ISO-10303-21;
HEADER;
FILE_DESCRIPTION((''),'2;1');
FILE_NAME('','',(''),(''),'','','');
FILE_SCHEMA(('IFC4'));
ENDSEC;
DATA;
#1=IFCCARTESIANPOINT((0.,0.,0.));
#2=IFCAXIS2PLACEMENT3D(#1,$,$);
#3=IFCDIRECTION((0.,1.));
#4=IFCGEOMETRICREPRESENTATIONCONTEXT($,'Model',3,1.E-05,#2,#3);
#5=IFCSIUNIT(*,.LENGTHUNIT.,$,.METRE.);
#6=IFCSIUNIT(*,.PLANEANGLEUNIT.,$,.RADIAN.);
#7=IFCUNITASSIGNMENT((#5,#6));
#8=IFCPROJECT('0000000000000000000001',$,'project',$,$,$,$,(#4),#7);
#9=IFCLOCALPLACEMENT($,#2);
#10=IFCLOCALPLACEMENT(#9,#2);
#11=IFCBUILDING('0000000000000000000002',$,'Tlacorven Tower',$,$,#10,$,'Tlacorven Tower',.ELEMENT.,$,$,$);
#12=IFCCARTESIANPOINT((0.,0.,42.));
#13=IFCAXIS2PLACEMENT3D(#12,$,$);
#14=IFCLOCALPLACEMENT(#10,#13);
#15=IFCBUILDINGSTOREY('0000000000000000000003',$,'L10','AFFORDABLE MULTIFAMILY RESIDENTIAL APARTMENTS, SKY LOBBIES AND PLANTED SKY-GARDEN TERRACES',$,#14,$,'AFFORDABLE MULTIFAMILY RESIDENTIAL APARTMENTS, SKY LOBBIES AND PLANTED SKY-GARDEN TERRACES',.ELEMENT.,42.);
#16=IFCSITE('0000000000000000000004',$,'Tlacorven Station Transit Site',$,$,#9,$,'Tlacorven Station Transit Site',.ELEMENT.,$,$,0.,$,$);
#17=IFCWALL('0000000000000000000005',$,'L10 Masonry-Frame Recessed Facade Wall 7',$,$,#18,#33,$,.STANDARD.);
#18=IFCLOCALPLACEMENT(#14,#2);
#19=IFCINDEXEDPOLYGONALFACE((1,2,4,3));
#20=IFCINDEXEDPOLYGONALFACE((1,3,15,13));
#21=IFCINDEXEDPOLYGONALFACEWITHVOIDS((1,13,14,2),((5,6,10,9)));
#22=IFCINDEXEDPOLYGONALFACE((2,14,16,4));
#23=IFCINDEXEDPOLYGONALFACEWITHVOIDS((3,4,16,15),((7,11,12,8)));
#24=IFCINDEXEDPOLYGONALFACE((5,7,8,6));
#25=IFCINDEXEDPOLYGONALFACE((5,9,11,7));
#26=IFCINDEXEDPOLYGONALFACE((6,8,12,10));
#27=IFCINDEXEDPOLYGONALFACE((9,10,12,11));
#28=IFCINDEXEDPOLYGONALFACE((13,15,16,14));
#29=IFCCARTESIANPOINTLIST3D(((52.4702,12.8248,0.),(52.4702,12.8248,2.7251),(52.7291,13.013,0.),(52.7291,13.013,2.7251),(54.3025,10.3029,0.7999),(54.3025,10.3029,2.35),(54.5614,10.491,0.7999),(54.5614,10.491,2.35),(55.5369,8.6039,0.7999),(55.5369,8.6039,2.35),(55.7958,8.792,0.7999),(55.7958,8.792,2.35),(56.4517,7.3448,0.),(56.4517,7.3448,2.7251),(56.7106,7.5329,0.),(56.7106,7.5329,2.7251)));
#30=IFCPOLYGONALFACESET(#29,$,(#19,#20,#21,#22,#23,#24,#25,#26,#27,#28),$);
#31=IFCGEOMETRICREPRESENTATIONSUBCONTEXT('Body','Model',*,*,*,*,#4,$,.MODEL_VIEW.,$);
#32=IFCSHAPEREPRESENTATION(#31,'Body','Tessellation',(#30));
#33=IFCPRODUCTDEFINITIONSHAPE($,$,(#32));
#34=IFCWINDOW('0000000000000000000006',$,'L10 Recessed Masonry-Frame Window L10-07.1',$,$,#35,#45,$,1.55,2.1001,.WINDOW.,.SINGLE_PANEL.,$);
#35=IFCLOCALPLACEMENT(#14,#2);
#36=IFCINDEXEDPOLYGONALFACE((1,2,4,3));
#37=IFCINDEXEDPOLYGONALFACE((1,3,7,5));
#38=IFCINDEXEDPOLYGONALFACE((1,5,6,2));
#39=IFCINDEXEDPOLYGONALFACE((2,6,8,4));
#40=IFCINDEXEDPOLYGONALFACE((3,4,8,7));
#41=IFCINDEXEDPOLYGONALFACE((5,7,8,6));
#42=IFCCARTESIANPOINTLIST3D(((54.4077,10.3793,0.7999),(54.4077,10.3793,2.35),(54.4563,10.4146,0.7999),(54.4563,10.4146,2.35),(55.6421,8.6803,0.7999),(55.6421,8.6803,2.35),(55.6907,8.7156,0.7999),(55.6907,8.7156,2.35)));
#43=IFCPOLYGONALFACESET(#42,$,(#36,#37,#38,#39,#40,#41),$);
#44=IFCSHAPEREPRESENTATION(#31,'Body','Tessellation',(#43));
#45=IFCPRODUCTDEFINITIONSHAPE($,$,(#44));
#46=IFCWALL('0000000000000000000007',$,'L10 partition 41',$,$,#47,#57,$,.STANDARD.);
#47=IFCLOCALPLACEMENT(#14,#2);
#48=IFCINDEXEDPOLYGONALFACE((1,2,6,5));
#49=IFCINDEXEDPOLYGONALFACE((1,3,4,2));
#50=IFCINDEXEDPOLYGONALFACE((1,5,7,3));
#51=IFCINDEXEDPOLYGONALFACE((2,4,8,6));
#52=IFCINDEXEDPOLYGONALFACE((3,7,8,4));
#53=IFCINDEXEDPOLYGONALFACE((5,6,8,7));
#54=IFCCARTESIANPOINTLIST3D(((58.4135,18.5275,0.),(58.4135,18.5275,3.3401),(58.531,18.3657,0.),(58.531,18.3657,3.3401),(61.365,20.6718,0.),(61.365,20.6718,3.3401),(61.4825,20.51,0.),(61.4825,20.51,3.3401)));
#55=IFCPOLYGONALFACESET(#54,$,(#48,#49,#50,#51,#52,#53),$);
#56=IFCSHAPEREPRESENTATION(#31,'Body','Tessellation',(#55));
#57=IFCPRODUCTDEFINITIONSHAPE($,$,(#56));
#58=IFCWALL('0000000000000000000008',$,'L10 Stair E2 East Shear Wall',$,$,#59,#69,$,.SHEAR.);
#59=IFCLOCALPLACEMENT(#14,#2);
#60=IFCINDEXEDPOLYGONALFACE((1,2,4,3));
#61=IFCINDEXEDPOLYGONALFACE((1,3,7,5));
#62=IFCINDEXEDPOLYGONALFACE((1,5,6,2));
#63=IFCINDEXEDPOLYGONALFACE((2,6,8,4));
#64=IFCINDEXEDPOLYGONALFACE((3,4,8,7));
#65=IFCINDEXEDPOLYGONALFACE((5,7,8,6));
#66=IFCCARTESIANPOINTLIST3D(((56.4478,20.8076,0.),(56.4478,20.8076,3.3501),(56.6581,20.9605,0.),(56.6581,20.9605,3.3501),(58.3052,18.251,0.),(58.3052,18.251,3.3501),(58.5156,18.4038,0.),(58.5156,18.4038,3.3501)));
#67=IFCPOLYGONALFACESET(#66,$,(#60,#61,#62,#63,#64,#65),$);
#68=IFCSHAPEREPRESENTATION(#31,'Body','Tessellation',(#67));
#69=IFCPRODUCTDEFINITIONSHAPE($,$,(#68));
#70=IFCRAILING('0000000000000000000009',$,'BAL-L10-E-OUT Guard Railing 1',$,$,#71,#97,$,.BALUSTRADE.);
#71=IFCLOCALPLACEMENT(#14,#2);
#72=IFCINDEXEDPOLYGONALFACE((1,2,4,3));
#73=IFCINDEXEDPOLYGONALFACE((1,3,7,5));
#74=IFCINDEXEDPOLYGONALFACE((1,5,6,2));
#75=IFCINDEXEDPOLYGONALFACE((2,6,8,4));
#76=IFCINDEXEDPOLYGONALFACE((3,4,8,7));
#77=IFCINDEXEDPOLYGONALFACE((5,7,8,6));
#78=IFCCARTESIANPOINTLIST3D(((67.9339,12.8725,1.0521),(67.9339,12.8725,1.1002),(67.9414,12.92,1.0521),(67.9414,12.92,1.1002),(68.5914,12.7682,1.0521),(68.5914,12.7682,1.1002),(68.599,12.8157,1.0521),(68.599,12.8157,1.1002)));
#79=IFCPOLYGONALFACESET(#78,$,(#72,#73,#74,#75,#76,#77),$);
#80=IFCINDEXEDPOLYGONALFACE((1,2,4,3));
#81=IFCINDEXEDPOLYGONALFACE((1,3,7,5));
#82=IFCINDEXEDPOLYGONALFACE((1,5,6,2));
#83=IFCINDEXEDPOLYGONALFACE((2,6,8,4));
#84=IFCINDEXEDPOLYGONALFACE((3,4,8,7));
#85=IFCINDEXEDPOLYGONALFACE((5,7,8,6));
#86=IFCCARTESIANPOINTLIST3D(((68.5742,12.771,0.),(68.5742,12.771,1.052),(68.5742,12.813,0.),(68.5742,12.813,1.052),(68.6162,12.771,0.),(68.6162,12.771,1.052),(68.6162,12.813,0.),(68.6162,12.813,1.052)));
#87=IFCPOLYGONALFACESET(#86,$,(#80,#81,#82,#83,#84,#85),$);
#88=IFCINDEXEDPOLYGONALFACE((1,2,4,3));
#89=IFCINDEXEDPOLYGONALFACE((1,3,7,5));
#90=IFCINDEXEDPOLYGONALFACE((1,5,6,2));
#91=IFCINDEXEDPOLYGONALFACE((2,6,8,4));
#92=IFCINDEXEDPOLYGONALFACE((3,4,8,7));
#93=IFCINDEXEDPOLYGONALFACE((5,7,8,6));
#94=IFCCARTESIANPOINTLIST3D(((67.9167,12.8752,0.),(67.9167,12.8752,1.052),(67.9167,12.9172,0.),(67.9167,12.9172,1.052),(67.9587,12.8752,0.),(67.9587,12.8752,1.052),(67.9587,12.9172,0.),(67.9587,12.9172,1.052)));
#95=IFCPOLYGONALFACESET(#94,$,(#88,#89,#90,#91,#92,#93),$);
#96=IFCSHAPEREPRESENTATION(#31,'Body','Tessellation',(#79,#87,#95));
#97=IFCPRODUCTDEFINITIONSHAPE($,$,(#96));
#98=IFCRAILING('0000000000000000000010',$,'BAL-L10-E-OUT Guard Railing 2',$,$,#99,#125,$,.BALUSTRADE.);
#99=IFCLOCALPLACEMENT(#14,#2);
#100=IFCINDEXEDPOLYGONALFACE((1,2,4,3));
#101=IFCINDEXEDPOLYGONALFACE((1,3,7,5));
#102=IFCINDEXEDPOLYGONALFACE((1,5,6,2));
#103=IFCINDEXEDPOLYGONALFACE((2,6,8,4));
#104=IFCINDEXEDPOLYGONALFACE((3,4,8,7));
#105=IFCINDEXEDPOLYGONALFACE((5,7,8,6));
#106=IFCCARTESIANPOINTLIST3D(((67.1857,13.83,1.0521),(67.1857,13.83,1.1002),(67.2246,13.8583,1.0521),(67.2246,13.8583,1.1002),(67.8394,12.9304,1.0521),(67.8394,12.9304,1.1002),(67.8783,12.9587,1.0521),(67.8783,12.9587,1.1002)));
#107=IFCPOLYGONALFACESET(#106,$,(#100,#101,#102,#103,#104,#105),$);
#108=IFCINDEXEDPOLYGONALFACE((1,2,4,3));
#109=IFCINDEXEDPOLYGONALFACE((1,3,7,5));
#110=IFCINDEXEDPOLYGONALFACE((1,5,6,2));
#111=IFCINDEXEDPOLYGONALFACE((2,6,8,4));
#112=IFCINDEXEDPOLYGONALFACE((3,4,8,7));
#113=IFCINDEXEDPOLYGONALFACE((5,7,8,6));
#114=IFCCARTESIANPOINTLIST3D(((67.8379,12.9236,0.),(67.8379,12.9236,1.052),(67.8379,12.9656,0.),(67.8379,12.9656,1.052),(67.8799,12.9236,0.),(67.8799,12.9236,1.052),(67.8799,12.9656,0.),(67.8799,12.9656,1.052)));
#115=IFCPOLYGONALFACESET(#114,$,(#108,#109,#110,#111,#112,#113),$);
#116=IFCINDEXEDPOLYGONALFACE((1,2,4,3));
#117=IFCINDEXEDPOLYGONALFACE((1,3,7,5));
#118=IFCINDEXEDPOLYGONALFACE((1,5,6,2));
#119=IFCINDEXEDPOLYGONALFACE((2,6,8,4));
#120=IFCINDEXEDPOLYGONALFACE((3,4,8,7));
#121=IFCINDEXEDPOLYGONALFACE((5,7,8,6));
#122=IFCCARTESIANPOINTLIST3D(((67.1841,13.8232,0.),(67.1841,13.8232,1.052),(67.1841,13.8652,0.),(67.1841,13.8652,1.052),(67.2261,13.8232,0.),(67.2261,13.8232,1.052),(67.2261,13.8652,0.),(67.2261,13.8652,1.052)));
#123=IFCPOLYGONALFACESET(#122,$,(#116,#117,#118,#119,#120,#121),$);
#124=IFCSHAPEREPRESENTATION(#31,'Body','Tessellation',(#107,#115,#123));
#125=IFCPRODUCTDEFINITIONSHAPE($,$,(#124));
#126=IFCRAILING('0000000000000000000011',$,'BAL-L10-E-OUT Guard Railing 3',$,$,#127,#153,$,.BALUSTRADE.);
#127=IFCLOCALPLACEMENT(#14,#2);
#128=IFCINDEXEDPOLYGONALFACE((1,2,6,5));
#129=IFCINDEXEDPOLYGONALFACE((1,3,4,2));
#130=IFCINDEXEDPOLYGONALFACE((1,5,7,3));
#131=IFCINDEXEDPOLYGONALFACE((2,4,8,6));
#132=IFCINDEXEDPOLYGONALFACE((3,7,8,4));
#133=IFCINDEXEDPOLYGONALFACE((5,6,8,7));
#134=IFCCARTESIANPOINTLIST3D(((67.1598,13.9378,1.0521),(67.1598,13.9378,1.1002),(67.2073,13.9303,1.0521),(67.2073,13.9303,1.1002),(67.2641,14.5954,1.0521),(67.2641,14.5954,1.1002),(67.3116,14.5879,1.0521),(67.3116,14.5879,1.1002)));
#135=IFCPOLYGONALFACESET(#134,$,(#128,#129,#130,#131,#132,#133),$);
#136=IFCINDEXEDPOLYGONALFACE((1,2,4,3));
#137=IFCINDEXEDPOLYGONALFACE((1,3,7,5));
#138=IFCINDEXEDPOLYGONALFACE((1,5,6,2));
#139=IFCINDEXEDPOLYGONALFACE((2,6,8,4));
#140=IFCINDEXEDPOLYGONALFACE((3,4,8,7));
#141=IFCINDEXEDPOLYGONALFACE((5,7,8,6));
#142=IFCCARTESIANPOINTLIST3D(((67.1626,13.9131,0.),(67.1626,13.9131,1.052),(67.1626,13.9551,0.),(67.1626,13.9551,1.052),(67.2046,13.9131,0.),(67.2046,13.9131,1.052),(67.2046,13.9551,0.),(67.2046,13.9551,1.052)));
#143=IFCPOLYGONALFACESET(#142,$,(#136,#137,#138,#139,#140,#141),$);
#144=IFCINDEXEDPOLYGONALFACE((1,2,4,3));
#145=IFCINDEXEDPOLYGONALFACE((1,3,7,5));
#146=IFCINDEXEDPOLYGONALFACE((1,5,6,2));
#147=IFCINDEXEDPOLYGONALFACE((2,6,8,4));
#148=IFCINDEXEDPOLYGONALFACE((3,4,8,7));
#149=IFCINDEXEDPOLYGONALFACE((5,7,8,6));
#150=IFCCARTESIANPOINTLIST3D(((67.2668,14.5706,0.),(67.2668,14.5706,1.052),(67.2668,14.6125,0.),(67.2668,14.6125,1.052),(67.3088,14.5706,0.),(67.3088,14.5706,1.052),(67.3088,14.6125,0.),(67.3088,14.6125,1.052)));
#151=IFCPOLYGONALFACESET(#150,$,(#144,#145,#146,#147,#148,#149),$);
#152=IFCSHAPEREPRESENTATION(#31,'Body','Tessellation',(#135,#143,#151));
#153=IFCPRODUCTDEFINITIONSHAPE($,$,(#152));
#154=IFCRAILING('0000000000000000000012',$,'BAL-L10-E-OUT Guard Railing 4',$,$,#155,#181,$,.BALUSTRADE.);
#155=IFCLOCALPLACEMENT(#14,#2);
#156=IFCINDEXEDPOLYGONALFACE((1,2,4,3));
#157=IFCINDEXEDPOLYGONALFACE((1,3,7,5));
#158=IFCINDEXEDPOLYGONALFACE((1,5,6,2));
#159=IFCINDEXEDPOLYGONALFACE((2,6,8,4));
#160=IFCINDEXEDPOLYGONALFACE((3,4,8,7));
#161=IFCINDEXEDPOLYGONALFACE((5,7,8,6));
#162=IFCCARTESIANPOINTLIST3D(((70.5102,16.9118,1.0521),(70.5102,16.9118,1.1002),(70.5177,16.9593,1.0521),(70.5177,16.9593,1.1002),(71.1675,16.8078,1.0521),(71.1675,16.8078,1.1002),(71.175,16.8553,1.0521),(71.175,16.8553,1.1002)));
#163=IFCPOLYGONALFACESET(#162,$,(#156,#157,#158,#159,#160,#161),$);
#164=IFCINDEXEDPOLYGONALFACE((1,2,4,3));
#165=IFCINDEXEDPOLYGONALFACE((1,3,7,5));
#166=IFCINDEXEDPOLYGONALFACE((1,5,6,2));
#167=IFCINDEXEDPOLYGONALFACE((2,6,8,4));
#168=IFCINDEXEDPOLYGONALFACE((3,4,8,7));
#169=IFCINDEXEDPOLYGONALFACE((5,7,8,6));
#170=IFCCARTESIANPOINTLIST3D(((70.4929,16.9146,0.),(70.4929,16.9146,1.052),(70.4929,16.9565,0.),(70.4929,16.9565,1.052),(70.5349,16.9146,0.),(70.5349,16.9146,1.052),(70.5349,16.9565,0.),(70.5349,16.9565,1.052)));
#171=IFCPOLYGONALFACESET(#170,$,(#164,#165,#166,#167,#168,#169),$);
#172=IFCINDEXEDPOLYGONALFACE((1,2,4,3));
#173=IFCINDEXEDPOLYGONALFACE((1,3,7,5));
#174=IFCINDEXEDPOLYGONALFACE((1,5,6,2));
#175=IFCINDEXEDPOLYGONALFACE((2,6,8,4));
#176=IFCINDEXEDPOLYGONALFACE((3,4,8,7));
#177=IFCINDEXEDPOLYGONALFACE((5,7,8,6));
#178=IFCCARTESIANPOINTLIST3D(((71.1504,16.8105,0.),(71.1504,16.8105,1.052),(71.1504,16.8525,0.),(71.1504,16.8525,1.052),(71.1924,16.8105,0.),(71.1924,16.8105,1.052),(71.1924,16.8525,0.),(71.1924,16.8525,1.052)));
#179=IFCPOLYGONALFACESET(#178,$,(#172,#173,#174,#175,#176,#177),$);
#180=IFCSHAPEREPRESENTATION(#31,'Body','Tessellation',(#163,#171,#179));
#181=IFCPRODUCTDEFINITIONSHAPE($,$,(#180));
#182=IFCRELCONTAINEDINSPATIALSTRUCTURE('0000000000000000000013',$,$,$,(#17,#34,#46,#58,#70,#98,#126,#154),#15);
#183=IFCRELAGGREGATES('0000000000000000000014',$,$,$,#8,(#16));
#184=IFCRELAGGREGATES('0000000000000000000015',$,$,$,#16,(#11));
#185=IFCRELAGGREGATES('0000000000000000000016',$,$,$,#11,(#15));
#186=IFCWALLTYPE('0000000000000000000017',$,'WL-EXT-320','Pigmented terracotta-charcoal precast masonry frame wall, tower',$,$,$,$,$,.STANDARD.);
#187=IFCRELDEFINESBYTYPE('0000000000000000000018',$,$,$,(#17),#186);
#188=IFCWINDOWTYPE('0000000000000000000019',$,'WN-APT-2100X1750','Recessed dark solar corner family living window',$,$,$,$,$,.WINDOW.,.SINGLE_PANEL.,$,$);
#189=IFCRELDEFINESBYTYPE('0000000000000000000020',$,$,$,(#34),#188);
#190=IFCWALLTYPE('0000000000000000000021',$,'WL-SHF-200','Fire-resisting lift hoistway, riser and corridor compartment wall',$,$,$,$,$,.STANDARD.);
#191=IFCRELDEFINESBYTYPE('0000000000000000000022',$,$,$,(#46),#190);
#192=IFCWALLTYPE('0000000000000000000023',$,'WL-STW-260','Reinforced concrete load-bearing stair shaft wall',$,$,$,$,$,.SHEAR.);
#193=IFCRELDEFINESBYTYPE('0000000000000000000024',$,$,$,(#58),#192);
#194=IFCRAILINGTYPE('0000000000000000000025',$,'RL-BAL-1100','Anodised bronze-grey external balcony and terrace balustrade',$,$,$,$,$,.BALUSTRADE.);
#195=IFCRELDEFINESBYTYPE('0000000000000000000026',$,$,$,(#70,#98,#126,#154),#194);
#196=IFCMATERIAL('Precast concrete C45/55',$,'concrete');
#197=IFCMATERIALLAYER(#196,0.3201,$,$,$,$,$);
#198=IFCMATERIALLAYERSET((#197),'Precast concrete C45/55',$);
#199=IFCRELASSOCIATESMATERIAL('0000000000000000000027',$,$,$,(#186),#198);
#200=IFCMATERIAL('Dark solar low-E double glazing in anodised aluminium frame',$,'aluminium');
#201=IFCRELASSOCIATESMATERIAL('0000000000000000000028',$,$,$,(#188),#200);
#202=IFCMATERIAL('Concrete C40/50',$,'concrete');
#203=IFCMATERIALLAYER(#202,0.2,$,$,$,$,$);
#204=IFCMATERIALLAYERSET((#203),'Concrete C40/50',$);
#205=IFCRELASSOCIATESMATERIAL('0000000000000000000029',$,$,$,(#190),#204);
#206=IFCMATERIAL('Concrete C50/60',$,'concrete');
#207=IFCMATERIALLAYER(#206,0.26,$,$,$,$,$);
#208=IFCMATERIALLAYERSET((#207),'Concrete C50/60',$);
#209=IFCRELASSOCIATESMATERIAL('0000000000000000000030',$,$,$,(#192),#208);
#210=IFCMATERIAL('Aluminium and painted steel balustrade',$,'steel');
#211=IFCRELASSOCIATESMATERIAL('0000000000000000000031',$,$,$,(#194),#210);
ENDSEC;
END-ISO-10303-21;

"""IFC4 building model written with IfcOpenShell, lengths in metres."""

from ifc_helpers import new_model, si_unit, direction, frame, frame_2d, origin, origin_2d, place, context, subcontext, project, spatial, rectangle, extrude, source, transform, mapped, material, layer, layer_set, type_object, element, fill, save


model = new_model("IFC4")

# Units and contexts
model_context = context("Model", 3, precision=1e-05, world=origin(), true_north=direction((0.0, 1.0)))
body_context = subcontext(model_context, "Body", "Model", "MODEL_VIEW")
ifc_project = project(units=[si_unit("LENGTHUNIT", "METRE"), si_unit("PLANEANGLEUNIT", "RADIAN")], contexts=[model_context])

# Site, building, storey
site_placement = place(None, origin())
site = spatial("IfcSite", under=ifc_project, at=site_placement, Name="Tlacorven Station Transit Site", LongName="Tlacorven Station Transit Site", CompositionType="ELEMENT", RefElevation=0.0)
building_placement = place(site_placement, origin())
building = spatial("IfcBuilding", under=site, at=building_placement, Name="Tlacorven Tower", LongName="Tlacorven Tower", CompositionType="ELEMENT")
storey_placement = place(building_placement, frame((0.0, 0.0, 42.0)))
storey = spatial("IfcBuildingStorey", under=building, at=storey_placement, Name="L10", Description="AFFORDABLE MULTIFAMILY RESIDENTIAL APARTMENTS, SKY LOBBIES AND PLANTED SKY-GARDEN TERRACES", LongName="AFFORDABLE MULTIFAMILY RESIDENTIAL APARTMENTS, SKY LOBBIES AND PLANTED SKY-GARDEN TERRACES", CompositionType="ELEMENT", Elevation=42.0)

# Shared definitions
ifc_material_1 = material(Name="Precast concrete C45/55", Category="concrete")
ifc_layer_1 = layer(ifc_material_1, 0.3201)
ifc_layer_set_1 = layer_set([ifc_layer_1], Name="Precast concrete C45/55")
wall_type_1 = type_object("IfcWallType", Name="WL-EXT-320", Description="Pigmented terracotta-charcoal precast masonry frame wall, tower", PredefinedType="STANDARD", material=ifc_layer_set_1)
ifc_material_2 = material(Name="Dark solar low-E double glazing in anodised aluminium frame", Category="aluminium")

# Wall, opening, window
wall_1_placement = place(storey_placement, frame((56.5811, 7.439, 0.0), z_axis=(0.0, 0.0, 1.0), x_axis=(-0.587786, 0.809017, 0.0)))
wall_1 = element("IfcWall", 1, at=wall_1_placement, inside=storey, type_object=wall_type_1, Name="L10 Masonry-Frame Recessed Facade Wall 7", PredefinedType="STANDARD", context=body_context, shape_type="SweptSolid", body=[
    extrude(rectangle(XDim=6.7737, YDim=0.3201, at=frame_2d((3.3867, 0.0))), origin(), (0.0, 0.0, 1.0), 2.7251),
])
opening_1_placement = place(wall_1_placement, frame((1.5562, 0.0, 0.8)))
opening_1 = element("IfcOpeningElement", 2, at=opening_1_placement, cuts=wall_1, PredefinedType="OPENING", context=body_context, shape_type="SweptSolid", body=[
    extrude(rectangle(XDim=2.1001, YDim=1.55, at=frame_2d((1.05, 0.7749))), frame((0.0, 0.1699, 0.0), z_axis=(0.0, -1.0, 0.0), x_axis=(1.0, 0.0, 0.0)), (0.0, 0.0, 1.0), 0.3401),
])
window_type_1 = type_object("IfcWindowType", Name="WN-APT-2100X1750", Description="Recessed dark solar corner family living window", PartitioningType="SINGLE_PANEL", PredefinedType="WINDOW", material=ifc_material_2)
shared_shape_1 = source(origin(), body_context, "Body", "SweptSolid", [
    extrude(rectangle(XDim=2.1001, YDim=1.55, at=frame_2d((1.05, 0.7749))), frame((0.0, 0.03, 0.0), z_axis=(0.0, -1.0, 0.0), x_axis=(1.0, 0.0, 0.0)), (0.0, 0.0, 1.0), 0.0601),
])
window_1_placement = place(opening_1_placement, origin())
window_1 = element("IfcWindow", 3, at=window_1_placement, inside=storey, type_object=window_type_1, Name="L10 Recessed Masonry-Frame Window L10-07.1", OverallHeight=1.55, OverallWidth=2.1001, PartitioningType="SINGLE_PANEL", PredefinedType="WINDOW", context=body_context, shape_type="MappedRepresentation", body=[
    mapped(shared_shape_1, transform((0.0, 0.0, 0.0), scale=1.0)),
])
fill(opening_1, window_1)

# Walls
ifc_material_3 = material(Name="Concrete C40/50", Category="concrete")
ifc_layer_2 = layer(ifc_material_3, 0.2)
ifc_layer_set_2 = layer_set([ifc_layer_2], Name="Concrete C40/50")
wall_type_2 = type_object("IfcWallType", Name="WL-SHF-200", Description="Fire-resisting lift hoistway, riser and corridor compartment wall", PredefinedType="STANDARD", material=ifc_layer_set_2)
wall_2_placement = place(storey_placement, frame((58.4722, 18.4465, 0.0), z_axis=(0.0, 0.0, 1.0), x_axis=(0.809022, 0.587778, 0.0)))
element("IfcWall", 4, at=wall_2_placement, inside=storey, type_object=wall_type_2, Name="L10 partition 41", PredefinedType="STANDARD", context=body_context, shape_type="SweptSolid", body=[
    extrude(rectangle(XDim=3.6482, YDim=0.2, at=frame_2d((1.8242, 0.0))), origin(), (0.0, 0.0, 1.0), 3.3401),
])
ifc_material_4 = material(Name="Concrete C50/60", Category="concrete")
ifc_layer_3 = layer(ifc_material_4, 0.26)
ifc_layer_set_3 = layer_set([ifc_layer_3], Name="Concrete C50/60")
wall_type_3 = type_object("IfcWallType", Name="WL-STW-260", Description="Reinforced concrete load-bearing stair shaft wall", PredefinedType="SHEAR", material=ifc_layer_set_3)
wall_3_placement = place(storey_placement, frame((58.4104, 18.3274, 0.0), z_axis=(0.0, 0.0, 1.0), x_axis=(-0.587767, 0.80903, 0.0)))
element("IfcWall", 5, at=wall_3_placement, inside=storey, type_object=wall_type_3, Name="L10 Stair E2 East Shear Wall", PredefinedType="SHEAR", context=body_context, shape_type="SweptSolid", body=[
    extrude(rectangle(XDim=3.1602, YDim=0.26, at=frame_2d((1.5801, 0.0))), origin(), (0.0, 0.0, 1.0), 3.3501),
])

# Railings
ifc_material_5 = material(Name="Aluminium and painted steel balustrade", Category="steel")
railing_type = type_object("IfcRailingType", Name="RL-BAL-1100", Description="Anodised bronze-grey external balcony and terrace balustrade", PredefinedType="BALUSTRADE", material=ifc_material_5)
shared_shape_2 = source(origin(), body_context, "Body", "SweptSolid", [
    extrude(rectangle(XDim=0.0481, YDim=0.0481, at=origin_2d()), frame((0.0, 0.0, 1.0762), z_axis=(-0.987662, 0.156603, 0.0), x_axis=(-0.156603, -0.987662, 0.0)), (0.0, 0.0, 1.0), 0.6658),
    extrude(rectangle(XDim=0.042, YDim=0.042, at=origin_2d()), origin(), (0.0, 0.0, 1.0), 1.052),
    extrude(rectangle(XDim=0.042, YDim=0.042, at=origin_2d()), frame((-0.6575, 0.1042, 0.0)), (0.0, 0.0, 1.0), 1.052),
])
railing_1_placement = place(storey_placement, frame((68.5952, 12.792, 0.0)))
element("IfcRailing", 6, at=railing_1_placement, inside=storey, type_object=railing_type, Name="BAL-L10-E-OUT Guard Railing 1", PredefinedType="BALUSTRADE", context=body_context, shape_type="MappedRepresentation", body=[
    mapped(shared_shape_2, transform((0.0, 0.0, 0.0), scale=1.0)),
])
shared_shape_3 = source(origin(), body_context, "Body", "SweptSolid", [
    extrude(rectangle(XDim=0.0481, YDim=0.0481, at=origin_2d()), frame((0.0, 0.0, 1.0762), z_axis=(-0.587884, 0.808945, 0.0), x_axis=(-0.808945, -0.587884, 0.0)), (0.0, 0.0, 1.0), 1.1121),
    extrude(rectangle(XDim=0.042, YDim=0.042, at=origin_2d()), origin(), (0.0, 0.0, 1.0), 1.052),
    extrude(rectangle(XDim=0.042, YDim=0.042, at=origin_2d()), frame((-0.6538, 0.8997, 0.0)), (0.0, 0.0, 1.0), 1.052),
])
railing_2_placement = place(storey_placement, frame((67.8589, 12.9446, 0.0)))
element("IfcRailing", 7, at=railing_2_placement, inside=storey, type_object=railing_type, Name="BAL-L10-E-OUT Guard Railing 2", PredefinedType="BALUSTRADE", context=body_context, shape_type="MappedRepresentation", body=[
    mapped(shared_shape_3, transform((0.0, 0.0, 0.0), scale=1.0)),
])
shared_shape_4 = source(origin(), body_context, "Body", "SweptSolid", [
    extrude(rectangle(XDim=0.0481, YDim=0.0481, at=origin_2d()), frame((0.0, 0.0, 1.0762), z_axis=(0.156603, 0.987662, 0.0), x_axis=(-0.987662, 0.156603, 0.0)), (0.0, 0.0, 1.0), 0.6658),
    extrude(rectangle(XDim=0.042, YDim=0.042, at=origin_2d()), origin(), (0.0, 0.0, 1.0), 1.052),
    extrude(rectangle(XDim=0.042, YDim=0.042, at=origin_2d()), frame((0.1042, 0.6575, 0.0)), (0.0, 0.0, 1.0), 1.052),
])
railing_3_placement = place(storey_placement, frame((67.1836, 13.9341, 0.0)))
element("IfcRailing", 8, at=railing_3_placement, inside=storey, type_object=railing_type, Name="BAL-L10-E-OUT Guard Railing 3", PredefinedType="BALUSTRADE", context=body_context, shape_type="MappedRepresentation", body=[
    mapped(shared_shape_4, transform((0.0, 0.0, 0.0), scale=1.0)),
])
shared_shape_5 = source(origin(), body_context, "Body", "SweptSolid", [
    extrude(rectangle(XDim=0.0481, YDim=0.0481, at=origin_2d()), frame((0.0, 0.0, 1.0762), z_axis=(0.987718, -0.156245, 0.0), x_axis=(0.156245, 0.987718, 0.0)), (0.0, 0.0, 1.0), 0.6655),
    extrude(rectangle(XDim=0.042, YDim=0.042, at=origin_2d()), origin(), (0.0, 0.0, 1.0), 1.052),
    extrude(rectangle(XDim=0.042, YDim=0.042, at=origin_2d()), frame((0.6575, -0.104, 0.0)), (0.0, 0.0, 1.0), 1.052),
])
railing_4_placement = place(storey_placement, frame((70.5139, 16.9355, 0.0)))
element("IfcRailing", 9, at=railing_4_placement, inside=storey, type_object=railing_type, Name="BAL-L10-E-OUT Guard Railing 4", PredefinedType="BALUSTRADE", context=body_context, shape_type="MappedRepresentation", body=[
    mapped(shared_shape_5, transform((0.0, 0.0, 0.0), scale=1.0)),
])

save(model, "model.ifc")
